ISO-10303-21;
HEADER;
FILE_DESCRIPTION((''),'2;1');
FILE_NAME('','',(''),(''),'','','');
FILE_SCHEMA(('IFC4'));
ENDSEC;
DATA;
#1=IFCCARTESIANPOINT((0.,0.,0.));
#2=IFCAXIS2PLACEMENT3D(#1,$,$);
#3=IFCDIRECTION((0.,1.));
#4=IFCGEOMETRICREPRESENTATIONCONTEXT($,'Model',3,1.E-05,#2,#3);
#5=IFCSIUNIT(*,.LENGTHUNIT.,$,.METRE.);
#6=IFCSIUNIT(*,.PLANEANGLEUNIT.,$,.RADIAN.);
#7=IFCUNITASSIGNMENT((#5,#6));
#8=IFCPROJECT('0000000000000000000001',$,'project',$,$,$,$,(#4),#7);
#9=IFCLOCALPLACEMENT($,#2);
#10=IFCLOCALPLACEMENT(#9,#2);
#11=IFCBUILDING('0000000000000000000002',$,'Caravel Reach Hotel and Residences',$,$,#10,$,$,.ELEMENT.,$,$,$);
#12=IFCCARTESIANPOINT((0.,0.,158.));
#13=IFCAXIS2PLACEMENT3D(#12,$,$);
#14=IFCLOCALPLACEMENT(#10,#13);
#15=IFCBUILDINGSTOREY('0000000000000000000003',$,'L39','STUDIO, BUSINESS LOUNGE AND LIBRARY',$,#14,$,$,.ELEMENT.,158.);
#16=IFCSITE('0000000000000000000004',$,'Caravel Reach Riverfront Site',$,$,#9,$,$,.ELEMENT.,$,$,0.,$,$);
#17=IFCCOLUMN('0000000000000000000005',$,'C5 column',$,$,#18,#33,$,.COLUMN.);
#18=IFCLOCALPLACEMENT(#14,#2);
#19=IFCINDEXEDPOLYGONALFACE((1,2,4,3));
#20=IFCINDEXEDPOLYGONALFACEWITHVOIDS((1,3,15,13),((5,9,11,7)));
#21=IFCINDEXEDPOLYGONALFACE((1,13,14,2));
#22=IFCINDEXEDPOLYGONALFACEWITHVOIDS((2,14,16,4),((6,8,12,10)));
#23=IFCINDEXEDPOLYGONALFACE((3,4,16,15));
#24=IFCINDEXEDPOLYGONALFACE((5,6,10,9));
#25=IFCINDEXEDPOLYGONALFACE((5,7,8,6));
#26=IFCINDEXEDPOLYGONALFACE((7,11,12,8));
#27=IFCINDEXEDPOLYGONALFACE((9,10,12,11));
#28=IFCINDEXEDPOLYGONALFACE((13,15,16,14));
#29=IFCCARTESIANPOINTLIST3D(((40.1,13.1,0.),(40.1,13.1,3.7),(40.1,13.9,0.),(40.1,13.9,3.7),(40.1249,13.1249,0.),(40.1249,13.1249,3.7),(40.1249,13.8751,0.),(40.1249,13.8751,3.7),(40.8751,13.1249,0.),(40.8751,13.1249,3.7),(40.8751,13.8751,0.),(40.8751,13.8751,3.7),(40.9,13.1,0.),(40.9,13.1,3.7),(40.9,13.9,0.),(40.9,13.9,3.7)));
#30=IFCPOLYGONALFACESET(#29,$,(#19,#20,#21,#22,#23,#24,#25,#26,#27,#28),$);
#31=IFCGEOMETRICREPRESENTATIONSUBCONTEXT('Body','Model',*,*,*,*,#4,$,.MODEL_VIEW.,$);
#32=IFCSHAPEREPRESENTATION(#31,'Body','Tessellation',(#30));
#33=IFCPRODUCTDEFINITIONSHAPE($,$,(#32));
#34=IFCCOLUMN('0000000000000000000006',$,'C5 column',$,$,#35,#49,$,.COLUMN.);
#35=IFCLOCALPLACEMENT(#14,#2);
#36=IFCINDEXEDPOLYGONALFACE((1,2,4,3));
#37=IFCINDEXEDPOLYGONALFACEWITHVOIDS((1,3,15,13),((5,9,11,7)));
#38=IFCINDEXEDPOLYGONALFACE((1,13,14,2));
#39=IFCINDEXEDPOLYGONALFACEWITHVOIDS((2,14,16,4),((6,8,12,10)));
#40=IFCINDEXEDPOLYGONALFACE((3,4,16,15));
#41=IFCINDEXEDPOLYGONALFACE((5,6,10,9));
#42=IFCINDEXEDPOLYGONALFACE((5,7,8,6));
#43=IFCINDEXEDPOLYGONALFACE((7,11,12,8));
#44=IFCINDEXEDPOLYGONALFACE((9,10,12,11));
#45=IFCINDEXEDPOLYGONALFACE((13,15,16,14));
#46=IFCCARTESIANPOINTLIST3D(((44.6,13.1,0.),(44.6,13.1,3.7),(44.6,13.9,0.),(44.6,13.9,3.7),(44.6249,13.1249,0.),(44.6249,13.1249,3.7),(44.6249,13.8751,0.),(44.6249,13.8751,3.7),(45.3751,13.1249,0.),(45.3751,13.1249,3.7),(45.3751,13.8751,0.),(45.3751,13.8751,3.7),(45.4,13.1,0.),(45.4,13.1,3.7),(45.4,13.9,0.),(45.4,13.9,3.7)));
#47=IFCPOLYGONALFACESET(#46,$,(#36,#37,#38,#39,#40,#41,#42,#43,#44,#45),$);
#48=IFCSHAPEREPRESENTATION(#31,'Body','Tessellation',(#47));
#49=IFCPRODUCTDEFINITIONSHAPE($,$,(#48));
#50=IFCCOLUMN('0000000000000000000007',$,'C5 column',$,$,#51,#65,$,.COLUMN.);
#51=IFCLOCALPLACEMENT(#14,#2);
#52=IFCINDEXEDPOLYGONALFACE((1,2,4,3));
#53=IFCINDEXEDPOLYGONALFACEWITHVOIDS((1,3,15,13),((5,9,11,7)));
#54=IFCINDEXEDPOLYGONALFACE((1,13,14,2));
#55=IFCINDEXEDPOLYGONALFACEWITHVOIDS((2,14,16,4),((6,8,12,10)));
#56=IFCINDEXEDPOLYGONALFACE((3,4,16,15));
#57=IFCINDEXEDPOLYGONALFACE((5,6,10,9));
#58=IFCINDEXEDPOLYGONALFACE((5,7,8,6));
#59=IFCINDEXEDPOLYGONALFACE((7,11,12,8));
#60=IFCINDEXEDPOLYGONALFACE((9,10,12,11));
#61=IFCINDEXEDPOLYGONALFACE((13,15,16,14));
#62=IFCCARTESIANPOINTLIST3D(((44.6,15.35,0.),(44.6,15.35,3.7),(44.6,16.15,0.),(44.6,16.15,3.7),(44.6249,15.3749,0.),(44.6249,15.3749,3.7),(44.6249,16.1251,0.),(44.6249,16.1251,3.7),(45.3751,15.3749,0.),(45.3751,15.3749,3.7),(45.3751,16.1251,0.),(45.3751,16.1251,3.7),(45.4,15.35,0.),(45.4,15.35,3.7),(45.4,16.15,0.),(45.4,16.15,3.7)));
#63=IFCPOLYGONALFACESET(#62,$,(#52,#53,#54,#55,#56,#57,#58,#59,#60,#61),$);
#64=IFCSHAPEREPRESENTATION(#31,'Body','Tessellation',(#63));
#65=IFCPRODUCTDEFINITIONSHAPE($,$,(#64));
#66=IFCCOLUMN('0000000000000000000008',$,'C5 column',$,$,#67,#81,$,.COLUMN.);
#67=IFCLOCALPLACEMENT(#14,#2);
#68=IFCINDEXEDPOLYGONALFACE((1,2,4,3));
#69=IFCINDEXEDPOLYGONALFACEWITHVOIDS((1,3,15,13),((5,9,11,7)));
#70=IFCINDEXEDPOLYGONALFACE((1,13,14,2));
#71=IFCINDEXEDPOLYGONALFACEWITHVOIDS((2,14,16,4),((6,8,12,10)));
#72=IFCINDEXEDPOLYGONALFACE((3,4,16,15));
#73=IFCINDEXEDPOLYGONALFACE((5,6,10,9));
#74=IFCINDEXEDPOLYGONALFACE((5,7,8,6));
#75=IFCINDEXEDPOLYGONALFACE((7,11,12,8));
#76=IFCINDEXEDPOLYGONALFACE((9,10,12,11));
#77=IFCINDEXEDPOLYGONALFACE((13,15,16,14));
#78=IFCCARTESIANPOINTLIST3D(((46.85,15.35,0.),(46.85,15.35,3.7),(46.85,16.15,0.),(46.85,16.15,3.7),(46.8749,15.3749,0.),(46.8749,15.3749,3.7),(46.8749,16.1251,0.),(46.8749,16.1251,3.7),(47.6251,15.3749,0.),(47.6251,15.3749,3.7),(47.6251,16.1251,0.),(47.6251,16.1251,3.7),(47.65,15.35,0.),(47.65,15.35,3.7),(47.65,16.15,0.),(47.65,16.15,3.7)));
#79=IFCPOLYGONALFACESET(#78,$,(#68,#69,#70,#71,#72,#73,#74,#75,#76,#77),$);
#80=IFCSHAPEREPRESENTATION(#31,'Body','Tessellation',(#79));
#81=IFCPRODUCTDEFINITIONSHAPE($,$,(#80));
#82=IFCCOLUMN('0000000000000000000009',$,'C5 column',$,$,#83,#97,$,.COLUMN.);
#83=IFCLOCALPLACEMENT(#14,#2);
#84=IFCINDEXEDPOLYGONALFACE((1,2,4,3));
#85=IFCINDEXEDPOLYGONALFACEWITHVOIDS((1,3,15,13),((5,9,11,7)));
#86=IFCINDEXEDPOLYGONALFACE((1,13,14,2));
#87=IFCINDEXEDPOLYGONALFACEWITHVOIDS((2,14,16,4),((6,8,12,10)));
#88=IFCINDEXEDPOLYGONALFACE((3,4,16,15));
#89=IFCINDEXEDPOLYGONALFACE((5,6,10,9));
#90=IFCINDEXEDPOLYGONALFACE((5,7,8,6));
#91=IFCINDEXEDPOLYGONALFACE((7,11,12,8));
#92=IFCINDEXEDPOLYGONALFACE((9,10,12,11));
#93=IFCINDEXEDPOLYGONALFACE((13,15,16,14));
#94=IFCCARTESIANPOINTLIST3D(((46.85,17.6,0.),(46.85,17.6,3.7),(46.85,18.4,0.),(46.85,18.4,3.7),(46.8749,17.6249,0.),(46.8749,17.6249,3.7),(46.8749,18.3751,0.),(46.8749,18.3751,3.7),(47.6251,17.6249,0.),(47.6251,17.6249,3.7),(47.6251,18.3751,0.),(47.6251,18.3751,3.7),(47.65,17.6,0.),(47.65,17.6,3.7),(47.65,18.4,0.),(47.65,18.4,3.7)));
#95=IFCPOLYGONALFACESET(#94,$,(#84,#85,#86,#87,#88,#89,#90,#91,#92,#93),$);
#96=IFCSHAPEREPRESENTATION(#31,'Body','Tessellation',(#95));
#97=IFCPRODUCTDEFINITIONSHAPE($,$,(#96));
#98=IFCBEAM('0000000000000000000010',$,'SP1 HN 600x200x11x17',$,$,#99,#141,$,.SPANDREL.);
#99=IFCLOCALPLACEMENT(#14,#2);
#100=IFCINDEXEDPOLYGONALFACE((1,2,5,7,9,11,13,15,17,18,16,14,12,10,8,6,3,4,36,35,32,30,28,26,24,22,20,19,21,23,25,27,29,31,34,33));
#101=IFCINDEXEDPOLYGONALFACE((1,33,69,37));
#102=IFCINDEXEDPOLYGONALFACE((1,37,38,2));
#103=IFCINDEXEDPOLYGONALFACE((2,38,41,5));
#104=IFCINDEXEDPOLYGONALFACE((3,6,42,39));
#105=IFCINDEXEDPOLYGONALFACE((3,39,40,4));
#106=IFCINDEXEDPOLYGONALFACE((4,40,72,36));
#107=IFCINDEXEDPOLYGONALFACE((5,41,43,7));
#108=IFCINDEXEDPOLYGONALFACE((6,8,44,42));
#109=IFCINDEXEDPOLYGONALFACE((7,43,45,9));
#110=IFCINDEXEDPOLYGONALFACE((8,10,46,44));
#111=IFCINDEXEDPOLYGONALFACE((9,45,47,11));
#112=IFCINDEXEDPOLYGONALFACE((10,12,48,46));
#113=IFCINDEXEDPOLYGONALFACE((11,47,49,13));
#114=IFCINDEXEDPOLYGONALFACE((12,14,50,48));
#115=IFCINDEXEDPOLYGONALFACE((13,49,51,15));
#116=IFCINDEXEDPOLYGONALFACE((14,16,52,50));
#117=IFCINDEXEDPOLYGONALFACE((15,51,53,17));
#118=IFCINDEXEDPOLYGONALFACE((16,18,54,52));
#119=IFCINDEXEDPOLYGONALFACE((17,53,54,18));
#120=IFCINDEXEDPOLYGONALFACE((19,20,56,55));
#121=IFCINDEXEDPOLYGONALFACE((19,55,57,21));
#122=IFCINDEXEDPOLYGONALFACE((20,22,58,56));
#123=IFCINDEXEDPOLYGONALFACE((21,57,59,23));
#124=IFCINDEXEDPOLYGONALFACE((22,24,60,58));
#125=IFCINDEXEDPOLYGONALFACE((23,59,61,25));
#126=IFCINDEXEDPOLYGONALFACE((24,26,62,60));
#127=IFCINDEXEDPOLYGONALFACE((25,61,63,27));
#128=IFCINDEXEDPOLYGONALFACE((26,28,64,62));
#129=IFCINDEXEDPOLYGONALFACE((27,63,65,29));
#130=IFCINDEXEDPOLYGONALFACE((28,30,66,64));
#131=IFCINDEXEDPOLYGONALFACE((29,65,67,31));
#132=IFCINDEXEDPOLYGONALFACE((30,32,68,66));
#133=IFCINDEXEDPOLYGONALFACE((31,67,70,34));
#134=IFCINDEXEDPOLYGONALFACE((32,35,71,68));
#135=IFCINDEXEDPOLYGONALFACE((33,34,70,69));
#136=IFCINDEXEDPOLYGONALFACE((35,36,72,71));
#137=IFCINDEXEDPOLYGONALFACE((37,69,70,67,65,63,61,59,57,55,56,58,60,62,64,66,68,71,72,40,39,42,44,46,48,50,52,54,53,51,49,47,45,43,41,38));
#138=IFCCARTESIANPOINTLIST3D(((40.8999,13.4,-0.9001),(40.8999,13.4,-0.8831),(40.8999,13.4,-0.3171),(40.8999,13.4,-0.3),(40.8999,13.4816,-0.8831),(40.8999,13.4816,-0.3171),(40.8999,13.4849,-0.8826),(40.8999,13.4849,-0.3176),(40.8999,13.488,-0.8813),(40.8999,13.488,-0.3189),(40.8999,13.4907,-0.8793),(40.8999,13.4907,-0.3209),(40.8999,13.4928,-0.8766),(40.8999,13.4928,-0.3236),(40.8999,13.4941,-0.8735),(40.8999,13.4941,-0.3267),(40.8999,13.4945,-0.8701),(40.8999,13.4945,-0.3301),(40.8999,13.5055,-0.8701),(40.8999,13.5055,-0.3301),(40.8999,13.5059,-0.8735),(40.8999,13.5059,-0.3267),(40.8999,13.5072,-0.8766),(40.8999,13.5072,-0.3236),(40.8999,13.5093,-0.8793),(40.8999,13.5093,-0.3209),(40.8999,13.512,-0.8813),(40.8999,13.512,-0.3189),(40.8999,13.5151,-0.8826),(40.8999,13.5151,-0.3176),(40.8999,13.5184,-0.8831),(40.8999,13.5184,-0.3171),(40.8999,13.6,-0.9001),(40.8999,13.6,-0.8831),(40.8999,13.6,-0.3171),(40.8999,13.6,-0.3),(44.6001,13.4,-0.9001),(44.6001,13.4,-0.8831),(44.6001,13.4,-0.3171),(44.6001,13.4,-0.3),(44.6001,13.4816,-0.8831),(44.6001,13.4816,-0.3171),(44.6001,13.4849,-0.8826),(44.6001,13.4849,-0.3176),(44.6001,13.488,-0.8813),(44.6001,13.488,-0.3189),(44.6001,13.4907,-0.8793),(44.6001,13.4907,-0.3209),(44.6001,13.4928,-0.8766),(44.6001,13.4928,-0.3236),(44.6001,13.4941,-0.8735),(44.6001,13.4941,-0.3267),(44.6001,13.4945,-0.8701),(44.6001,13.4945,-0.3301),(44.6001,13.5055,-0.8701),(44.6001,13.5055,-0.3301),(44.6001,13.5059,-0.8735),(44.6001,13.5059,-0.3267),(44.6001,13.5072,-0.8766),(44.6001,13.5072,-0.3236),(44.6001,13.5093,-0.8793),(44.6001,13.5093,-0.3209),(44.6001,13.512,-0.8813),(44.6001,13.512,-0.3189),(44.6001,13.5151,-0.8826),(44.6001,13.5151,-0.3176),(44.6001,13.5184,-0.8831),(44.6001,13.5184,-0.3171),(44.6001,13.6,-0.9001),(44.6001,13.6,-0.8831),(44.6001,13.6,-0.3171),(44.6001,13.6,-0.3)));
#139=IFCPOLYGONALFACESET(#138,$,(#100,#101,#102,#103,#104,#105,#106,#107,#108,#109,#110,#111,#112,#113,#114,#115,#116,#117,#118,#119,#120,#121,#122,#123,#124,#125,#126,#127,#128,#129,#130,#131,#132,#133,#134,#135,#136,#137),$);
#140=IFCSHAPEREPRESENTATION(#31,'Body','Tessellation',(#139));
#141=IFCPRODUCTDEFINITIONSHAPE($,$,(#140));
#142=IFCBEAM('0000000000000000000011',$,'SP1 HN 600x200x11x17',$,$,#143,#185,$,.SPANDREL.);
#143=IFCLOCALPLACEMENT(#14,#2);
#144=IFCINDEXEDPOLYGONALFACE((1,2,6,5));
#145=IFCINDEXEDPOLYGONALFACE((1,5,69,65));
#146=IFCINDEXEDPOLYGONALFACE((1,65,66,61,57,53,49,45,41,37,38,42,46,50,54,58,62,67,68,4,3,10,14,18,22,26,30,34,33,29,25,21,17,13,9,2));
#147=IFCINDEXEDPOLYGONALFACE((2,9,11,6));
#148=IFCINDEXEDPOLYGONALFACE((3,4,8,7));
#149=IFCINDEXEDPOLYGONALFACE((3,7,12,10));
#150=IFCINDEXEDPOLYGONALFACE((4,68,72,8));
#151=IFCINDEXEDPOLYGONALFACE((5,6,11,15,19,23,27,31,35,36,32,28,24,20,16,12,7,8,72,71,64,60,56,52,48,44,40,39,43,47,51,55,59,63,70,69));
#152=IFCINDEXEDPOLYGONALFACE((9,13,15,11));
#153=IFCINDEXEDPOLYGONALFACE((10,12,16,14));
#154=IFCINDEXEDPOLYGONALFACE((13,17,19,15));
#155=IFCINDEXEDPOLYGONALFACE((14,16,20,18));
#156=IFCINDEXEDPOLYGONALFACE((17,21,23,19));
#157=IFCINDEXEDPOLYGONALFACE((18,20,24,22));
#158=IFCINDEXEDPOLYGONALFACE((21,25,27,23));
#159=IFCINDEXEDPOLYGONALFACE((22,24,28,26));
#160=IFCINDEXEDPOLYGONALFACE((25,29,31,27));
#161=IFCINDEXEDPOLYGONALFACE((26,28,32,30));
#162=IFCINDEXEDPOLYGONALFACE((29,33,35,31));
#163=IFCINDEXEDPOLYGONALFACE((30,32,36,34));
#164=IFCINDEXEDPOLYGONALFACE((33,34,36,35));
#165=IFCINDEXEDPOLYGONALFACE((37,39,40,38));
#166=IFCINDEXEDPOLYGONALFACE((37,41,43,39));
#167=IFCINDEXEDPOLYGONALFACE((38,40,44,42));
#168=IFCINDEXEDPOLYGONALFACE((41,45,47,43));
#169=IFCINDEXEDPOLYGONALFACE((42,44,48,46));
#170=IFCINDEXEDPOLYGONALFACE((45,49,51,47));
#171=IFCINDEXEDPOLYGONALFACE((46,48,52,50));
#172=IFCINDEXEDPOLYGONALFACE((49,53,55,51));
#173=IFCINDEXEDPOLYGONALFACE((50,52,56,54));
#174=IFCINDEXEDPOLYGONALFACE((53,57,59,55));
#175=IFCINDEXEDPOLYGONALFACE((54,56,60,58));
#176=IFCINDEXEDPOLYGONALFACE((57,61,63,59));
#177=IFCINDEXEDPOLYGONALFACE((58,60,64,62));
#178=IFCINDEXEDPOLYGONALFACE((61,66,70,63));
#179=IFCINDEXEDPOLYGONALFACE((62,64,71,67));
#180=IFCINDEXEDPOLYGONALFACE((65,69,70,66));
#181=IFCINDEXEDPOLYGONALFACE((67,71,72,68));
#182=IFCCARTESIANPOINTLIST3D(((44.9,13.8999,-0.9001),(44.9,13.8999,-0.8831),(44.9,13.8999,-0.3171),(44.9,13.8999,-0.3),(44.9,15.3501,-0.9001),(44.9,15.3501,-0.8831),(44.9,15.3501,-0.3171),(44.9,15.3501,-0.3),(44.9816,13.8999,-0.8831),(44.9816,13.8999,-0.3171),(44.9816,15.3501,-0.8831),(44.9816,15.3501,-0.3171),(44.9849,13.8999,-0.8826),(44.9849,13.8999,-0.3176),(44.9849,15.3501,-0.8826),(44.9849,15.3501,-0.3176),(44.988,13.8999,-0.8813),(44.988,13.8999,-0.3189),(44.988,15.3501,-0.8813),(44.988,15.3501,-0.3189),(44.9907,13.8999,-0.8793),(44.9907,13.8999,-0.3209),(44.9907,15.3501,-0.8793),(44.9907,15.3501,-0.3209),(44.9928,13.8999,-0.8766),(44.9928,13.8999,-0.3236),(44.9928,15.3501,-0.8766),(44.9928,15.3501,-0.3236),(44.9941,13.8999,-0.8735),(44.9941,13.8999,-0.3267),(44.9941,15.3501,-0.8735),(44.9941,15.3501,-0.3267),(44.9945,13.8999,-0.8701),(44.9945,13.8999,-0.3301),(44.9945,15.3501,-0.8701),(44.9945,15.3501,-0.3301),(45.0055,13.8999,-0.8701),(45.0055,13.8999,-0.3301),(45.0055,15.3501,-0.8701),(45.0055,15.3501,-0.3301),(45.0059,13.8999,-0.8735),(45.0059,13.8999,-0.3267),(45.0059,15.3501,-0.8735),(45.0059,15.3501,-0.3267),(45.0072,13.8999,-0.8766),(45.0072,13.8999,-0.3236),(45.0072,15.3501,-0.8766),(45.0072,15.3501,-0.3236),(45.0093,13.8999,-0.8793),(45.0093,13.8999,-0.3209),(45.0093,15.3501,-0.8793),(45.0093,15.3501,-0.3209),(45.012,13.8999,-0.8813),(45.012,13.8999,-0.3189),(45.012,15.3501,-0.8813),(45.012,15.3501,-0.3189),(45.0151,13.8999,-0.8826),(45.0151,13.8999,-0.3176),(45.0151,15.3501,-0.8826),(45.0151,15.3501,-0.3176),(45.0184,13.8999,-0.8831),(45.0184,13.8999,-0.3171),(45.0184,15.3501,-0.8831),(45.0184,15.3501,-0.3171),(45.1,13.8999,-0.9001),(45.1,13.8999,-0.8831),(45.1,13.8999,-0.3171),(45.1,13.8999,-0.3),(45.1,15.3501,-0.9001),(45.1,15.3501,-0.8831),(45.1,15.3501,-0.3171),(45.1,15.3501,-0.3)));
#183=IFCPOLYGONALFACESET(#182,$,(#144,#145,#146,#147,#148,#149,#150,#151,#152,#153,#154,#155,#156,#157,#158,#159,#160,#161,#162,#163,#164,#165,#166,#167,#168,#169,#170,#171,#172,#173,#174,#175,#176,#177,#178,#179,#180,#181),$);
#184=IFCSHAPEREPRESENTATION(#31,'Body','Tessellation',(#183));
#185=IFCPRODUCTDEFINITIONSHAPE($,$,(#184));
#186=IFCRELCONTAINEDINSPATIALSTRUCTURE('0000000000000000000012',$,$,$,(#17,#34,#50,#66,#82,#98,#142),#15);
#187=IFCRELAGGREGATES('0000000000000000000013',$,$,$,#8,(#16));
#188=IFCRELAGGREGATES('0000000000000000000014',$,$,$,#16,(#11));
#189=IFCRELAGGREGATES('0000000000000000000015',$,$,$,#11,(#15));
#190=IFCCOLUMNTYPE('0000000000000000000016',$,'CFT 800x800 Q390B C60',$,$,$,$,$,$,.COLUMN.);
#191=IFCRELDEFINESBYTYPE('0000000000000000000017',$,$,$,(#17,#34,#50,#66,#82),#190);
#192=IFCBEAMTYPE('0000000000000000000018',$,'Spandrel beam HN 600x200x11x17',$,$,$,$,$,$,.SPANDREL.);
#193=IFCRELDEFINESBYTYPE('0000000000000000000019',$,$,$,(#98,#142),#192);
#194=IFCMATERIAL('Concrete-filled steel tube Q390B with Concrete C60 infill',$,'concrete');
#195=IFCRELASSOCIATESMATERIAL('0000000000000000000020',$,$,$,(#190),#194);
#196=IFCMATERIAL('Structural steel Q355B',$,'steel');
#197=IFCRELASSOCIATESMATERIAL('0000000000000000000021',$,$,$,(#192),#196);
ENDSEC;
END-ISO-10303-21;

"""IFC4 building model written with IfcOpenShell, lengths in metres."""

from ifc_helpers import new_model, si_unit, direction, frame, origin, origin_2d, place, context, subcontext, project, spatial, hollow_rectangle, i_section, extrude, material, material_profile, profile_set, type_object, element, save


model = new_model("IFC4")

# Units and contexts
model_context = context("Model", 3, precision=1e-05, world=origin(), true_north=direction((0.0, 1.0)))
body_context = subcontext(model_context, "Body", "Model", "MODEL_VIEW")
ifc_project = project(units=[si_unit("LENGTHUNIT", "METRE"), si_unit("PLANEANGLEUNIT", "RADIAN")], contexts=[model_context])

# Site, building, storey
site_placement = place(None, origin())
site = spatial("IfcSite", under=ifc_project, at=site_placement, Name="Caravel Reach Riverfront Site", CompositionType="ELEMENT", RefElevation=0.0)
building_placement = place(site_placement, origin())
building = spatial("IfcBuilding", under=site, at=building_placement, Name="Caravel Reach Hotel and Residences", CompositionType="ELEMENT")
storey_placement = place(building_placement, frame((0.0, 0.0, 158.0)))
storey = spatial("IfcBuildingStorey", under=building, at=storey_placement, Name="L39", Description="STUDIO, BUSINESS LOUNGE AND LIBRARY", CompositionType="ELEMENT", Elevation=158.0)

# Columns
ifc_material_1 = material(Name="Concrete-filled steel tube Q390B with Concrete C60 infill", Category="concrete")
ifc_material_profile_1 = material_profile(ifc_material_1, hollow_rectangle(XDim=0.8, YDim=0.8, WallThickness=0.0249, at=origin_2d()), Name="RHS 800x800x25")
ifc_profile_set_1 = profile_set([ifc_material_profile_1], Name="Concrete-filled steel tube Q390B with Concrete C60 infill")
column_type = type_object("IfcColumnType", Name="CFT 800x800 Q390B C60", PredefinedType="COLUMN", material=ifc_profile_set_1)
for number, where, z_axis, x_axis, name in (
    (1, (40.5, 13.5, 0.0), (0.0, 0.0, 1.0), (1.0, 0.0, 0.0), "C5 column"),
    (2, (45.0, 13.5, 0.0), (0.0, 0.0, 1.0), (1.0, 0.0, 0.0), "C5 column"),
    (3, (45.0, 15.75, 0.0), (0.0, 0.0, 1.0), (1.0, 0.0, 0.0), "C5 column"),
    (4, (47.25, 15.75, 0.0), (0.0, 0.0, 1.0), (1.0, 0.0, 0.0), "C5 column"),
    (5, (47.25, 18.0, 0.0), (0.0, 0.0, 1.0), (1.0, 0.0, 0.0), "C5 column"),
):
    element("IfcColumn", number, at=place(storey_placement, frame(where, z_axis=z_axis, x_axis=x_axis)), inside=storey, type_object=column_type, Name=name, PredefinedType="COLUMN", context=body_context, shape_type="SweptSolid", body=[
        extrude(hollow_rectangle(XDim=0.8, YDim=0.8, WallThickness=0.0249, at=origin_2d()), origin(), (0.0, 0.0, 1.0), 3.7),
    ])

# Beams
ifc_material_2 = material(Name="Structural steel Q355B", Category="steel")
ifc_material_profile_2 = material_profile(ifc_material_2, i_section(OverallWidth=0.2, OverallDepth=0.6001, WebThickness=0.011, FlangeThickness=0.0171, FilletRadius=0.0129, at=origin_2d()), Name="HN 600x200x11x17")
ifc_profile_set_2 = profile_set([ifc_material_profile_2], Name="Structural steel Q355B")
beam_type = type_object("IfcBeamType", Name="Spandrel beam HN 600x200x11x17", PredefinedType="SPANDREL", material=ifc_profile_set_2)
beam_placement = place(storey_placement, frame((40.8999, 13.5, -0.6001), z_axis=(1.0, 0.0, 0.0), x_axis=(0.0, 1.0, 0.0)))
element("IfcBeam", 6, at=beam_placement, inside=storey, type_object=beam_type, Name="SP1 HN 600x200x11x17", PredefinedType="SPANDREL", context=body_context, shape_type="SweptSolid", body=[
    extrude(i_section(OverallWidth=0.2, OverallDepth=0.6001, WebThickness=0.011, FlangeThickness=0.0171, FilletRadius=0.0129, at=origin_2d()), origin(), (0.0, 0.0, 1.0), 3.7002),
])
for number, where, z_axis, x_axis, name in (
    (7, (45.0, 13.8999, -0.6001), (0.0, 1.0, 0.0), (-1.0, 0.0, 0.0), "SP1 HN 600x200x11x17"),
):
    element("IfcBeam", number, at=place(storey_placement, frame(where, z_axis=z_axis, x_axis=x_axis)), inside=storey, type_object=beam_type, Name=name, PredefinedType="SPANDREL", context=body_context, shape_type="SweptSolid", body=[
        extrude(i_section(OverallWidth=0.2, OverallDepth=0.6001, WebThickness=0.011, FlangeThickness=0.0171, FilletRadius=0.0129, at=origin_2d()), origin(), (0.0, 0.0, 1.0), 1.4502),
    ])

save(model, "model.ifc")
